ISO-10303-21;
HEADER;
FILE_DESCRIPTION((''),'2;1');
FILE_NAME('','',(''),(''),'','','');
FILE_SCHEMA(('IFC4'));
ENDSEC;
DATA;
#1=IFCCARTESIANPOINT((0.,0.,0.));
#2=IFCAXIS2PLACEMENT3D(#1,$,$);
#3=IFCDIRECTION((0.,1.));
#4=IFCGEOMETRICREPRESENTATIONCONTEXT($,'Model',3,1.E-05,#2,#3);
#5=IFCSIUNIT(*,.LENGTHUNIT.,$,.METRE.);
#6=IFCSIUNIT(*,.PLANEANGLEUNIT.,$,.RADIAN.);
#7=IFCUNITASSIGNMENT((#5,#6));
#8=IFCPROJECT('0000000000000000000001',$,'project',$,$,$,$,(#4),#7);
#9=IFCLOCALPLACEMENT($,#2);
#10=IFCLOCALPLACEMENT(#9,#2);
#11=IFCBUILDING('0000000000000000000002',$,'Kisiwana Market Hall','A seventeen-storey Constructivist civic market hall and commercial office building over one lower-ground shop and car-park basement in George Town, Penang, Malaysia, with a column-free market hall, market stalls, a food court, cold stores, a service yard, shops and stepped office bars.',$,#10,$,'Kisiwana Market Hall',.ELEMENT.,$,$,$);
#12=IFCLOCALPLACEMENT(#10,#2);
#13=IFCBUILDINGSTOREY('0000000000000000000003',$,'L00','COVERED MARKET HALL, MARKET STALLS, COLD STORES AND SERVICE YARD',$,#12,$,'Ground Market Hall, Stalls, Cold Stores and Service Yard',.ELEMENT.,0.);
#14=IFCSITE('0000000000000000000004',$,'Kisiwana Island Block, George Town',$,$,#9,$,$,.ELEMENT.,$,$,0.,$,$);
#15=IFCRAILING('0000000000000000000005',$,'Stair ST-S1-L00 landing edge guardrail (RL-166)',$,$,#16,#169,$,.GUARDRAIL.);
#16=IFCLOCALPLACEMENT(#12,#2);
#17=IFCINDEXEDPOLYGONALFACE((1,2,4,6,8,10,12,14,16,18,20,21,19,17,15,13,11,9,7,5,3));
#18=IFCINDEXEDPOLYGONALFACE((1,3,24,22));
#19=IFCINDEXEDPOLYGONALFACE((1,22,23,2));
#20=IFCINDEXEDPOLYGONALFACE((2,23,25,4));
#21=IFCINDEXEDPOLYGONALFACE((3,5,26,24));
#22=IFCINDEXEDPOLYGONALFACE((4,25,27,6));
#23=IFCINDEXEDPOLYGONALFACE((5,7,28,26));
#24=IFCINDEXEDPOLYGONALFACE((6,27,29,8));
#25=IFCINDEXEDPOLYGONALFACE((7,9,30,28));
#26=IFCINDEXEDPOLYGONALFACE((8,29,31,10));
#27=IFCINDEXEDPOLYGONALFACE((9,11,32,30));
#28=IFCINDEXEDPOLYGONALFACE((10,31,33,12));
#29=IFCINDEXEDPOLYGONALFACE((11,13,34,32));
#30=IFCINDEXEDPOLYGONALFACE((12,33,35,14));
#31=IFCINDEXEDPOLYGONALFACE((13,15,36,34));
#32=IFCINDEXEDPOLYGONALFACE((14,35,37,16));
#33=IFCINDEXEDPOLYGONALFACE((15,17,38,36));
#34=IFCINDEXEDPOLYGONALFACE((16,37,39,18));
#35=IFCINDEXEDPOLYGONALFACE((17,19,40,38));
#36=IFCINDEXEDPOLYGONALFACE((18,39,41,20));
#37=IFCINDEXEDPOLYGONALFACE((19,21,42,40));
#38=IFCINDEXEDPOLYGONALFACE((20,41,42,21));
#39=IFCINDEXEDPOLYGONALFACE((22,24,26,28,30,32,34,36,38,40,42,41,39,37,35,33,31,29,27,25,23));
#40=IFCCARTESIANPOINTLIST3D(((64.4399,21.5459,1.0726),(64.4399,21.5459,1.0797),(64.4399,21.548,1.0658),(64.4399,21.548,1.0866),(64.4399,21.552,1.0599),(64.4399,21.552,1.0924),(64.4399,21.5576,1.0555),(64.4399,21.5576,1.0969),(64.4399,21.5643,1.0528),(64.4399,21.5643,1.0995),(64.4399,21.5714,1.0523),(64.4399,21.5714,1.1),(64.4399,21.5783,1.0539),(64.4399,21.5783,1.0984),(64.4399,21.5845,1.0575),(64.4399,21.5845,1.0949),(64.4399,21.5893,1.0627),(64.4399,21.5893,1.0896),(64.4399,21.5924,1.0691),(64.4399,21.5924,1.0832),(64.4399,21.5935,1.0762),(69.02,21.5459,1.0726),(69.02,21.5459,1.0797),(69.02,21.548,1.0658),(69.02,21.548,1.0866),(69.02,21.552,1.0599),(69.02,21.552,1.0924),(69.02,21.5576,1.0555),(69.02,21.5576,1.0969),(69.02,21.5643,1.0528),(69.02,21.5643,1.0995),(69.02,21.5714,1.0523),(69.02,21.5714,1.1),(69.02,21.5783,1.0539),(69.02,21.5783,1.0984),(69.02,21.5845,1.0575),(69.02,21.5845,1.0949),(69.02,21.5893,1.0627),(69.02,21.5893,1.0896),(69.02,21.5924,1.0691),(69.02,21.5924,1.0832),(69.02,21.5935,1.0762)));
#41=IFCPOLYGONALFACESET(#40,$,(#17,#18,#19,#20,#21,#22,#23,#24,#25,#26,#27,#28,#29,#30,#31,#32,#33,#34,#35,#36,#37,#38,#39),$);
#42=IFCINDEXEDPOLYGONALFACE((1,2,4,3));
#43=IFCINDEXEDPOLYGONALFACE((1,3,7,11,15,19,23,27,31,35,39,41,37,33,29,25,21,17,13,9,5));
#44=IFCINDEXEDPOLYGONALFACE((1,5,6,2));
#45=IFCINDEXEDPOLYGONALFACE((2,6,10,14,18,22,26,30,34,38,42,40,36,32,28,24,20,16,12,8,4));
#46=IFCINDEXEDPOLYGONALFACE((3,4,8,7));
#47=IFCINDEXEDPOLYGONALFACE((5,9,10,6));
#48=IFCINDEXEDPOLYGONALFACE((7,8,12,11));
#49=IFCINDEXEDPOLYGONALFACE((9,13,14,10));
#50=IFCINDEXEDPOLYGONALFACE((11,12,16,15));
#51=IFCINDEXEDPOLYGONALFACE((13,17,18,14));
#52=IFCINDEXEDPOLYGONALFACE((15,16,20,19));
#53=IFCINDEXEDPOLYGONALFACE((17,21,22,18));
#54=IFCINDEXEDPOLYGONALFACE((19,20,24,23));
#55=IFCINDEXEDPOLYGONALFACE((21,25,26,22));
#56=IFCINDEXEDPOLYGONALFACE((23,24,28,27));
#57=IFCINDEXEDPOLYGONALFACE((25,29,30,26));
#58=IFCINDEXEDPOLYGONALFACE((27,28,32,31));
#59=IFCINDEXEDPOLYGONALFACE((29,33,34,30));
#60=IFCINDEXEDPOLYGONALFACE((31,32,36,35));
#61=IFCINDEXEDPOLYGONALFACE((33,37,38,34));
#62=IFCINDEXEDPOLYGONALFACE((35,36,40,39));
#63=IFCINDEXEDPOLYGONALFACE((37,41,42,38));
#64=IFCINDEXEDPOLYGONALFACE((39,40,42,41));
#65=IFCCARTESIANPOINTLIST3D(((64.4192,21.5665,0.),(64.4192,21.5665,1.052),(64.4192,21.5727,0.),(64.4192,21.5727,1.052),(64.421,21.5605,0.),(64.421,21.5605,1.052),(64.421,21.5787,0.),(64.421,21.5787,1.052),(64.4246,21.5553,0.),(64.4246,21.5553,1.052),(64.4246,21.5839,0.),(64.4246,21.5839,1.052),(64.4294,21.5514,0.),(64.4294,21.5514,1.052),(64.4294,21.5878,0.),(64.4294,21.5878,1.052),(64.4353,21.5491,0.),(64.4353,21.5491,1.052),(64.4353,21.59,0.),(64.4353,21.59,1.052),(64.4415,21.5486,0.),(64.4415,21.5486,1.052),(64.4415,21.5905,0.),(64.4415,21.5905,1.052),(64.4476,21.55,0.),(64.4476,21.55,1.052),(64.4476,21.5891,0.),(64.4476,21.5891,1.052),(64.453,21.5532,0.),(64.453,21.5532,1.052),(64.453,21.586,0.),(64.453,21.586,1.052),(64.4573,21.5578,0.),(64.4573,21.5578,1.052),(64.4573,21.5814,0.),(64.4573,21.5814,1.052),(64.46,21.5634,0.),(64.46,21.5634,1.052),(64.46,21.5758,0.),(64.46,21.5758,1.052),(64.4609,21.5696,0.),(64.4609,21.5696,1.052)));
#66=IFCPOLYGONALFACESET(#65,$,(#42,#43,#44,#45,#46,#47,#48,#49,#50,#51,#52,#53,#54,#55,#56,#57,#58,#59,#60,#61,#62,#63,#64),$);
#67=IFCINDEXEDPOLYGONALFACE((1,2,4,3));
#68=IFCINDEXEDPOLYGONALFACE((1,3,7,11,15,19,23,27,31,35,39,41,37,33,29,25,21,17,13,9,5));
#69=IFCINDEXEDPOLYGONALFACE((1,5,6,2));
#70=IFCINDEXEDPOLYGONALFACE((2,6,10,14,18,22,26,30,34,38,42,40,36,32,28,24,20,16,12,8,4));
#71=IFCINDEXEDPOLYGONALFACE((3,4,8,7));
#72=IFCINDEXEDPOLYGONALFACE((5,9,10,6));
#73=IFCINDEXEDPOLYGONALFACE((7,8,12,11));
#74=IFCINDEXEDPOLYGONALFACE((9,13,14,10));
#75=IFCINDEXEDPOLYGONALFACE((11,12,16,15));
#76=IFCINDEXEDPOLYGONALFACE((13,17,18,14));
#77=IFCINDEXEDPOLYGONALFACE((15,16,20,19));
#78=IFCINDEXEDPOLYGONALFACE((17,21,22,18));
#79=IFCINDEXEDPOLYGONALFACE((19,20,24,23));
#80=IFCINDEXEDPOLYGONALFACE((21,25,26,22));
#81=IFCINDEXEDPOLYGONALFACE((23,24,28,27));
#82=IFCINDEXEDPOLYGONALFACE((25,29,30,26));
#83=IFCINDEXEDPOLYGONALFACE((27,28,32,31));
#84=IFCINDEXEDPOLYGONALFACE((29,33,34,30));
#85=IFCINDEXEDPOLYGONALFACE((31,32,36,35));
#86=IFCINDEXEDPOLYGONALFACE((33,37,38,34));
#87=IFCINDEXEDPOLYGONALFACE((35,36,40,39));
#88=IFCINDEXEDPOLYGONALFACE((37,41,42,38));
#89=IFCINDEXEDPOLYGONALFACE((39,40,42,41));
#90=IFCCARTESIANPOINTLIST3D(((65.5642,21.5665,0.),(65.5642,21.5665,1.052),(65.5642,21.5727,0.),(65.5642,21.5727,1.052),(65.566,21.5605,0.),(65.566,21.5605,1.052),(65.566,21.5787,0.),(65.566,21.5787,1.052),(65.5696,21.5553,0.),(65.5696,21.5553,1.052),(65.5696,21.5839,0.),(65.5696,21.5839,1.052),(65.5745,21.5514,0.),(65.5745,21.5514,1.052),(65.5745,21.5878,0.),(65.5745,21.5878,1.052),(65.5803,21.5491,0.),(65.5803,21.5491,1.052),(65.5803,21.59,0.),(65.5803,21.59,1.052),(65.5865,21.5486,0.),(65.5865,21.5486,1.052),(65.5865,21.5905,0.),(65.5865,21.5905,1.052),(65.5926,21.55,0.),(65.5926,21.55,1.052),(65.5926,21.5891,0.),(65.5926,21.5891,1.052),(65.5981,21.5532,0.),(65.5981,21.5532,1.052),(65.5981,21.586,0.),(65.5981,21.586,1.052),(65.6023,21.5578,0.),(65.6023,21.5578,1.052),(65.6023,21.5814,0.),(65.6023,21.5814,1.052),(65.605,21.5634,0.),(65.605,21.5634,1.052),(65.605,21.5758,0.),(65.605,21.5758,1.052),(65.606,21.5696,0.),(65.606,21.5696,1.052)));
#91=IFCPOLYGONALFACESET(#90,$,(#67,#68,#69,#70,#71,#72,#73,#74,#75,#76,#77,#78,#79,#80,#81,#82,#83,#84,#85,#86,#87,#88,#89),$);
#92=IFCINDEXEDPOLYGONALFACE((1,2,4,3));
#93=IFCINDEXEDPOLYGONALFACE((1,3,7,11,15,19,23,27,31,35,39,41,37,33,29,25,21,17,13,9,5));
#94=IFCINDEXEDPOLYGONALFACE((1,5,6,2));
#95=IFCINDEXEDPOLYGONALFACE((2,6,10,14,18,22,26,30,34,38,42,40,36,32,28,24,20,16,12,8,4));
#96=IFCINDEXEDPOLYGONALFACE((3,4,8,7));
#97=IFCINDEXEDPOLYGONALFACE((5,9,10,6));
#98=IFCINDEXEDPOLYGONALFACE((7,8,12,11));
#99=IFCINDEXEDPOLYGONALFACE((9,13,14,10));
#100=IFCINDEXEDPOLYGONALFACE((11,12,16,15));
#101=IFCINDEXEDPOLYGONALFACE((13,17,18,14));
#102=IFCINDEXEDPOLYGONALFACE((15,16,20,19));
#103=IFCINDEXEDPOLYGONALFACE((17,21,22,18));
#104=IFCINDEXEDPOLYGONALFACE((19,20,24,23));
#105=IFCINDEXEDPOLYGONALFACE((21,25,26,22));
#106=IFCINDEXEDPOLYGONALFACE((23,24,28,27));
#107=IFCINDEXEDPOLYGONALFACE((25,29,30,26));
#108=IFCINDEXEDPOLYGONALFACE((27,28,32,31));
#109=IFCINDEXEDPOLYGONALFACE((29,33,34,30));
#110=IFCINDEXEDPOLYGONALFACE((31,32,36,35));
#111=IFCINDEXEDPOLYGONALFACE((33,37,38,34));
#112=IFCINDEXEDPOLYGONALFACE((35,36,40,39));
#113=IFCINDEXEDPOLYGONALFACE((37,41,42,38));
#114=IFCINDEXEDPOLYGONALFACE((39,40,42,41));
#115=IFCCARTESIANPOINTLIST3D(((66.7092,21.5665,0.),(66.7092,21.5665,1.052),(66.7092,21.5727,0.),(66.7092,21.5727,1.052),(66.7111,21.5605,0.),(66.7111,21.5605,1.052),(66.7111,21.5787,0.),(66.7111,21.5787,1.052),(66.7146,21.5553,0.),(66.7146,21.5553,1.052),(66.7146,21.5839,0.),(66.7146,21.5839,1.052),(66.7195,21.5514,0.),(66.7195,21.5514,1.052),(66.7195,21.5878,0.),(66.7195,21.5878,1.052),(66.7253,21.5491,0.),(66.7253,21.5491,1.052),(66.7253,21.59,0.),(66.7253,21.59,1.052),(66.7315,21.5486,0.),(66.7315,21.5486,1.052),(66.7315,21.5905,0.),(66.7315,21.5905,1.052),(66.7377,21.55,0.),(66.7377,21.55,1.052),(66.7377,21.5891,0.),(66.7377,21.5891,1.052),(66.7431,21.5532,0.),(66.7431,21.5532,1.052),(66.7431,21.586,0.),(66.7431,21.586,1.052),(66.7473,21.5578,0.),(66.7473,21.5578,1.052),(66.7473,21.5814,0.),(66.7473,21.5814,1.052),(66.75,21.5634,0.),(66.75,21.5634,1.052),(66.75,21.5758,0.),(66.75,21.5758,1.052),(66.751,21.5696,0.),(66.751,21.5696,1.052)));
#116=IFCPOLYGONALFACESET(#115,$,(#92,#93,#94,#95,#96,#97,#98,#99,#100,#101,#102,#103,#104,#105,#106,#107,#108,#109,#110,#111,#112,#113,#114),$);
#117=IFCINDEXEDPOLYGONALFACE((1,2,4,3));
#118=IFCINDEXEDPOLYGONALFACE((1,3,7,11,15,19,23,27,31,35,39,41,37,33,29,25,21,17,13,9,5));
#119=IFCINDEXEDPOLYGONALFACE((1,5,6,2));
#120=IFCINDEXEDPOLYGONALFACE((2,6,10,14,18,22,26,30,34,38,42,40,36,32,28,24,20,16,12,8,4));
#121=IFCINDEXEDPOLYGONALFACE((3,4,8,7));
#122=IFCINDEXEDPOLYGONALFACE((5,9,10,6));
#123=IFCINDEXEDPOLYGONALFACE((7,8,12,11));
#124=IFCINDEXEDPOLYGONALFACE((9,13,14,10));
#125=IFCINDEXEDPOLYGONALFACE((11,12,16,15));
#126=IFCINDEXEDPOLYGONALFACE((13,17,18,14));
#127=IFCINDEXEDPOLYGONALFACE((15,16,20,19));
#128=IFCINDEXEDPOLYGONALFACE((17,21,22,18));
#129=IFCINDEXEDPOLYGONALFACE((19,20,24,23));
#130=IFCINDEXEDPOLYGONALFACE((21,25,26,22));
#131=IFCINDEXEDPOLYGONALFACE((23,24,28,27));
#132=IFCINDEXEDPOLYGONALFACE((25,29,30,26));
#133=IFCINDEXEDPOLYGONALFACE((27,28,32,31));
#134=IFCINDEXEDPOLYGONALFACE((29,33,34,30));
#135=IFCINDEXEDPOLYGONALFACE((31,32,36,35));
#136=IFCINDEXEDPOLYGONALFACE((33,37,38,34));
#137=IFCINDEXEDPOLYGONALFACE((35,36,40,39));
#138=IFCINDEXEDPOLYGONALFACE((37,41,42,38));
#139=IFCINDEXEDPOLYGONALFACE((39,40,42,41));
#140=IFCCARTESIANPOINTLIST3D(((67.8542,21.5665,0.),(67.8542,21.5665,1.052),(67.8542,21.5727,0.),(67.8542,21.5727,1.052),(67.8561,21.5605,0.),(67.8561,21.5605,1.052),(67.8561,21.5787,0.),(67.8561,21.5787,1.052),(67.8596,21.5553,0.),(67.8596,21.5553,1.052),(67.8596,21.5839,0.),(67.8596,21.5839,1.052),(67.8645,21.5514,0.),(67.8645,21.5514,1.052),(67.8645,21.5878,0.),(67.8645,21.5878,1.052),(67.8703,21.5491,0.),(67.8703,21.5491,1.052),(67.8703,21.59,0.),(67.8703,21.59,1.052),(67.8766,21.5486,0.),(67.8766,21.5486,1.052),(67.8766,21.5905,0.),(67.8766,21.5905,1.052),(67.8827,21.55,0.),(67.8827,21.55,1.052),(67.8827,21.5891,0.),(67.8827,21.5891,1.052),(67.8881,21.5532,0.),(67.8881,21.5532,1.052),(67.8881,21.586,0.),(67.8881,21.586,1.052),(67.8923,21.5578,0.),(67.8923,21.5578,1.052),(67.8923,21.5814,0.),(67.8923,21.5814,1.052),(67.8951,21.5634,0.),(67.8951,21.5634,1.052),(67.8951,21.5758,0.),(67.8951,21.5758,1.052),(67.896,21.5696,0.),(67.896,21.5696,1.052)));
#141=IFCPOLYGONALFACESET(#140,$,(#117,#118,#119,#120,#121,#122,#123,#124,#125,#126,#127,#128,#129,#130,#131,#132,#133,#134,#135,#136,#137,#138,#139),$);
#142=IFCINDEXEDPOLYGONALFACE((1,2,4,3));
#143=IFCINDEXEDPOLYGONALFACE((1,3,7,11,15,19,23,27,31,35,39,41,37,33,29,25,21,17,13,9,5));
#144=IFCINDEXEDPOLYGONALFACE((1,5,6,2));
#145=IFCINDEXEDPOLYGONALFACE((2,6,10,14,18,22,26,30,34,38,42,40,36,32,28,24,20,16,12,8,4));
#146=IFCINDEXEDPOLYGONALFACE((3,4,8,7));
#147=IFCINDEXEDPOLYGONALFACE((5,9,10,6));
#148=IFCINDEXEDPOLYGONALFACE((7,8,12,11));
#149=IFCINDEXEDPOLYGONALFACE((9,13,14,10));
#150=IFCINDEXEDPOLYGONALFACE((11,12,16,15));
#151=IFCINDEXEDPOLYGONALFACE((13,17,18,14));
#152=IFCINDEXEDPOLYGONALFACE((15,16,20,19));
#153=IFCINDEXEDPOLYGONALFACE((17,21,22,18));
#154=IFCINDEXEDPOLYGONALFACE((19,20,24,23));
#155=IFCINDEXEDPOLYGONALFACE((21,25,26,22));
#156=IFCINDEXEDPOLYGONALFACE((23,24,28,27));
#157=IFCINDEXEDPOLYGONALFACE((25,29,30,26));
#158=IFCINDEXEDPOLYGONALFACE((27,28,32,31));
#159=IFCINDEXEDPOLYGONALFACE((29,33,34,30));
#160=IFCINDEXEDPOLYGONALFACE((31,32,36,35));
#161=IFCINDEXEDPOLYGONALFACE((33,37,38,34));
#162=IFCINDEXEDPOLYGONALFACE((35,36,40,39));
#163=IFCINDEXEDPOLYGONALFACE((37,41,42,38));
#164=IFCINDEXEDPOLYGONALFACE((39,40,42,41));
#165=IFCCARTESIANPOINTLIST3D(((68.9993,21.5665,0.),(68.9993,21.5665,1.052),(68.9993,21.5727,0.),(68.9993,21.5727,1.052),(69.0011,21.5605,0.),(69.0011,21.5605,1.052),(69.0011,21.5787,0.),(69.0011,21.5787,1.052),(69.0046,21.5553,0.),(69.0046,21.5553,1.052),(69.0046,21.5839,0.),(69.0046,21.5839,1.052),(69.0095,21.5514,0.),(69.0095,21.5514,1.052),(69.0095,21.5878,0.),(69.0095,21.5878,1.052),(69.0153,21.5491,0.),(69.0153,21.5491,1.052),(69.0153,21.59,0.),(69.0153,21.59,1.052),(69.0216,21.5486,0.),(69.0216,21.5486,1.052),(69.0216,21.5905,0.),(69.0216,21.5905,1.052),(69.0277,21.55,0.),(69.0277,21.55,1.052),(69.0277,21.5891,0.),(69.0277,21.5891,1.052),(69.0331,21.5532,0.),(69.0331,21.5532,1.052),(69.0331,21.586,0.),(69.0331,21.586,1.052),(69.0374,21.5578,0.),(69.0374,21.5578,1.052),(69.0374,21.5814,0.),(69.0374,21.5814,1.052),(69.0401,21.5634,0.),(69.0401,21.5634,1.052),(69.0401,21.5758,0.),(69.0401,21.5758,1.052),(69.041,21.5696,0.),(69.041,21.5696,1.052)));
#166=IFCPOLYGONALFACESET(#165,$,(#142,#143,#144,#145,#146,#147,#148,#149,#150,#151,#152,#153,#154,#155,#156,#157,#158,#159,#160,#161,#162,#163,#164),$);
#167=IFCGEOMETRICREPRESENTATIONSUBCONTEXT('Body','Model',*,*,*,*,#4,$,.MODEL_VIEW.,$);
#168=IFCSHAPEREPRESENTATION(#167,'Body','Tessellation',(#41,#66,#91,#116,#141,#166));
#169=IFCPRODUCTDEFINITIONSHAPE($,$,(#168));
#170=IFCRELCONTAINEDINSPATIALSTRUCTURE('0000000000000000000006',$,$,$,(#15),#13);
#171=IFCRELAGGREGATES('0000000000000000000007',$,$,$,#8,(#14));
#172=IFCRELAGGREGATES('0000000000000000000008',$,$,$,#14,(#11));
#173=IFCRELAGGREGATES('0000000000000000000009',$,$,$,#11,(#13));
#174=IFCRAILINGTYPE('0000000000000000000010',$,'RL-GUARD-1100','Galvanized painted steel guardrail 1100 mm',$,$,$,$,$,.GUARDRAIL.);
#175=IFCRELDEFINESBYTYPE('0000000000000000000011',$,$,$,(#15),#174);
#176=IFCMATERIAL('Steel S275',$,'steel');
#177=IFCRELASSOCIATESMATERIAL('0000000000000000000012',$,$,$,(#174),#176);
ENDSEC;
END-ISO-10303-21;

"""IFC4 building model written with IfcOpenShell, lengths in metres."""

from ifc_helpers import new_model, si_unit, direction, frame, origin, origin_2d, place, context, subcontext, project, spatial, circle, extrude, material, type_object, element, save


model = new_model("IFC4")

# Units and contexts
model_context = context("Model", 3, precision=1e-05, world=origin(), true_north=direction((0.0, 1.0)))
body_context = subcontext(model_context, "Body", "Model", "MODEL_VIEW")
ifc_project = project(units=[si_unit("LENGTHUNIT", "METRE"), si_unit("PLANEANGLEUNIT", "RADIAN")], contexts=[model_context])

# Site, building, storey
site_placement = place(None, origin())
site = spatial("IfcSite", under=ifc_project, at=site_placement, Name="Kisiwana Island Block, George Town", CompositionType="ELEMENT", RefElevation=0.0)
building_placement = place(site_placement, origin())
building = spatial("IfcBuilding", under=site, at=building_placement, Name="Kisiwana Market Hall", Description="A seventeen-storey Constructivist civic market hall and commercial office building over one lower-ground shop and car-park basement in George Town, Penang, Malaysia, with a column-free market hall, market stalls, a food court, cold stores, a service yard, shops and stepped office bars.", LongName="Kisiwana Market Hall", CompositionType="ELEMENT")
storey_placement = place(building_placement, origin())
storey = spatial("IfcBuildingStorey", under=building, at=storey_placement, Name="L00", Description="COVERED MARKET HALL, MARKET STALLS, COLD STORES AND SERVICE YARD", LongName="Ground Market Hall, Stalls, Cold Stores and Service Yard", CompositionType="ELEMENT", Elevation=0.0)

# Railing
ifc_material_1 = material(Name="Steel S275", Category="steel")
railing_type_1 = type_object("IfcRailingType", Name="RL-GUARD-1100", Description="Galvanized painted steel guardrail 1100 mm", PredefinedType="GUARDRAIL", material=ifc_material_1)
railing_1_placement = place(storey_placement, frame((64.4399, 21.5696, 0.0)))
element("IfcRailing", 1, at=railing_1_placement, inside=storey, type_object=railing_type_1, Name="Stair ST-S1-L00 landing edge guardrail (RL-166)", PredefinedType="GUARDRAIL", context=body_context, shape_type="SweptSolid", body=[
    extrude(circle(Radius=0.0239, at=origin_2d()), frame((0.0, 0.0, 1.0762), z_axis=(1.0, 0.0, 0.0), x_axis=(0.0, 1.0, 0.0)), (0.0, 0.0, 1.0), 4.5801),
    extrude(circle(Radius=0.021, at=origin_2d()), origin(), (0.0, 0.0, 1.0), 1.052),
    extrude(circle(Radius=0.021, at=origin_2d()), frame((1.145, 0.0, 0.0)), (0.0, 0.0, 1.0), 1.052),
    extrude(circle(Radius=0.021, at=origin_2d()), frame((2.29, 0.0, 0.0)), (0.0, 0.0, 1.0), 1.052),
    extrude(circle(Radius=0.021, at=origin_2d()), frame((3.4351, 0.0, 0.0)), (0.0, 0.0, 1.0), 1.052),
    extrude(circle(Radius=0.021, at=origin_2d()), frame((4.5801, 0.0, 0.0)), (0.0, 0.0, 1.0), 1.052),
])

save(model, "model.ifc")
